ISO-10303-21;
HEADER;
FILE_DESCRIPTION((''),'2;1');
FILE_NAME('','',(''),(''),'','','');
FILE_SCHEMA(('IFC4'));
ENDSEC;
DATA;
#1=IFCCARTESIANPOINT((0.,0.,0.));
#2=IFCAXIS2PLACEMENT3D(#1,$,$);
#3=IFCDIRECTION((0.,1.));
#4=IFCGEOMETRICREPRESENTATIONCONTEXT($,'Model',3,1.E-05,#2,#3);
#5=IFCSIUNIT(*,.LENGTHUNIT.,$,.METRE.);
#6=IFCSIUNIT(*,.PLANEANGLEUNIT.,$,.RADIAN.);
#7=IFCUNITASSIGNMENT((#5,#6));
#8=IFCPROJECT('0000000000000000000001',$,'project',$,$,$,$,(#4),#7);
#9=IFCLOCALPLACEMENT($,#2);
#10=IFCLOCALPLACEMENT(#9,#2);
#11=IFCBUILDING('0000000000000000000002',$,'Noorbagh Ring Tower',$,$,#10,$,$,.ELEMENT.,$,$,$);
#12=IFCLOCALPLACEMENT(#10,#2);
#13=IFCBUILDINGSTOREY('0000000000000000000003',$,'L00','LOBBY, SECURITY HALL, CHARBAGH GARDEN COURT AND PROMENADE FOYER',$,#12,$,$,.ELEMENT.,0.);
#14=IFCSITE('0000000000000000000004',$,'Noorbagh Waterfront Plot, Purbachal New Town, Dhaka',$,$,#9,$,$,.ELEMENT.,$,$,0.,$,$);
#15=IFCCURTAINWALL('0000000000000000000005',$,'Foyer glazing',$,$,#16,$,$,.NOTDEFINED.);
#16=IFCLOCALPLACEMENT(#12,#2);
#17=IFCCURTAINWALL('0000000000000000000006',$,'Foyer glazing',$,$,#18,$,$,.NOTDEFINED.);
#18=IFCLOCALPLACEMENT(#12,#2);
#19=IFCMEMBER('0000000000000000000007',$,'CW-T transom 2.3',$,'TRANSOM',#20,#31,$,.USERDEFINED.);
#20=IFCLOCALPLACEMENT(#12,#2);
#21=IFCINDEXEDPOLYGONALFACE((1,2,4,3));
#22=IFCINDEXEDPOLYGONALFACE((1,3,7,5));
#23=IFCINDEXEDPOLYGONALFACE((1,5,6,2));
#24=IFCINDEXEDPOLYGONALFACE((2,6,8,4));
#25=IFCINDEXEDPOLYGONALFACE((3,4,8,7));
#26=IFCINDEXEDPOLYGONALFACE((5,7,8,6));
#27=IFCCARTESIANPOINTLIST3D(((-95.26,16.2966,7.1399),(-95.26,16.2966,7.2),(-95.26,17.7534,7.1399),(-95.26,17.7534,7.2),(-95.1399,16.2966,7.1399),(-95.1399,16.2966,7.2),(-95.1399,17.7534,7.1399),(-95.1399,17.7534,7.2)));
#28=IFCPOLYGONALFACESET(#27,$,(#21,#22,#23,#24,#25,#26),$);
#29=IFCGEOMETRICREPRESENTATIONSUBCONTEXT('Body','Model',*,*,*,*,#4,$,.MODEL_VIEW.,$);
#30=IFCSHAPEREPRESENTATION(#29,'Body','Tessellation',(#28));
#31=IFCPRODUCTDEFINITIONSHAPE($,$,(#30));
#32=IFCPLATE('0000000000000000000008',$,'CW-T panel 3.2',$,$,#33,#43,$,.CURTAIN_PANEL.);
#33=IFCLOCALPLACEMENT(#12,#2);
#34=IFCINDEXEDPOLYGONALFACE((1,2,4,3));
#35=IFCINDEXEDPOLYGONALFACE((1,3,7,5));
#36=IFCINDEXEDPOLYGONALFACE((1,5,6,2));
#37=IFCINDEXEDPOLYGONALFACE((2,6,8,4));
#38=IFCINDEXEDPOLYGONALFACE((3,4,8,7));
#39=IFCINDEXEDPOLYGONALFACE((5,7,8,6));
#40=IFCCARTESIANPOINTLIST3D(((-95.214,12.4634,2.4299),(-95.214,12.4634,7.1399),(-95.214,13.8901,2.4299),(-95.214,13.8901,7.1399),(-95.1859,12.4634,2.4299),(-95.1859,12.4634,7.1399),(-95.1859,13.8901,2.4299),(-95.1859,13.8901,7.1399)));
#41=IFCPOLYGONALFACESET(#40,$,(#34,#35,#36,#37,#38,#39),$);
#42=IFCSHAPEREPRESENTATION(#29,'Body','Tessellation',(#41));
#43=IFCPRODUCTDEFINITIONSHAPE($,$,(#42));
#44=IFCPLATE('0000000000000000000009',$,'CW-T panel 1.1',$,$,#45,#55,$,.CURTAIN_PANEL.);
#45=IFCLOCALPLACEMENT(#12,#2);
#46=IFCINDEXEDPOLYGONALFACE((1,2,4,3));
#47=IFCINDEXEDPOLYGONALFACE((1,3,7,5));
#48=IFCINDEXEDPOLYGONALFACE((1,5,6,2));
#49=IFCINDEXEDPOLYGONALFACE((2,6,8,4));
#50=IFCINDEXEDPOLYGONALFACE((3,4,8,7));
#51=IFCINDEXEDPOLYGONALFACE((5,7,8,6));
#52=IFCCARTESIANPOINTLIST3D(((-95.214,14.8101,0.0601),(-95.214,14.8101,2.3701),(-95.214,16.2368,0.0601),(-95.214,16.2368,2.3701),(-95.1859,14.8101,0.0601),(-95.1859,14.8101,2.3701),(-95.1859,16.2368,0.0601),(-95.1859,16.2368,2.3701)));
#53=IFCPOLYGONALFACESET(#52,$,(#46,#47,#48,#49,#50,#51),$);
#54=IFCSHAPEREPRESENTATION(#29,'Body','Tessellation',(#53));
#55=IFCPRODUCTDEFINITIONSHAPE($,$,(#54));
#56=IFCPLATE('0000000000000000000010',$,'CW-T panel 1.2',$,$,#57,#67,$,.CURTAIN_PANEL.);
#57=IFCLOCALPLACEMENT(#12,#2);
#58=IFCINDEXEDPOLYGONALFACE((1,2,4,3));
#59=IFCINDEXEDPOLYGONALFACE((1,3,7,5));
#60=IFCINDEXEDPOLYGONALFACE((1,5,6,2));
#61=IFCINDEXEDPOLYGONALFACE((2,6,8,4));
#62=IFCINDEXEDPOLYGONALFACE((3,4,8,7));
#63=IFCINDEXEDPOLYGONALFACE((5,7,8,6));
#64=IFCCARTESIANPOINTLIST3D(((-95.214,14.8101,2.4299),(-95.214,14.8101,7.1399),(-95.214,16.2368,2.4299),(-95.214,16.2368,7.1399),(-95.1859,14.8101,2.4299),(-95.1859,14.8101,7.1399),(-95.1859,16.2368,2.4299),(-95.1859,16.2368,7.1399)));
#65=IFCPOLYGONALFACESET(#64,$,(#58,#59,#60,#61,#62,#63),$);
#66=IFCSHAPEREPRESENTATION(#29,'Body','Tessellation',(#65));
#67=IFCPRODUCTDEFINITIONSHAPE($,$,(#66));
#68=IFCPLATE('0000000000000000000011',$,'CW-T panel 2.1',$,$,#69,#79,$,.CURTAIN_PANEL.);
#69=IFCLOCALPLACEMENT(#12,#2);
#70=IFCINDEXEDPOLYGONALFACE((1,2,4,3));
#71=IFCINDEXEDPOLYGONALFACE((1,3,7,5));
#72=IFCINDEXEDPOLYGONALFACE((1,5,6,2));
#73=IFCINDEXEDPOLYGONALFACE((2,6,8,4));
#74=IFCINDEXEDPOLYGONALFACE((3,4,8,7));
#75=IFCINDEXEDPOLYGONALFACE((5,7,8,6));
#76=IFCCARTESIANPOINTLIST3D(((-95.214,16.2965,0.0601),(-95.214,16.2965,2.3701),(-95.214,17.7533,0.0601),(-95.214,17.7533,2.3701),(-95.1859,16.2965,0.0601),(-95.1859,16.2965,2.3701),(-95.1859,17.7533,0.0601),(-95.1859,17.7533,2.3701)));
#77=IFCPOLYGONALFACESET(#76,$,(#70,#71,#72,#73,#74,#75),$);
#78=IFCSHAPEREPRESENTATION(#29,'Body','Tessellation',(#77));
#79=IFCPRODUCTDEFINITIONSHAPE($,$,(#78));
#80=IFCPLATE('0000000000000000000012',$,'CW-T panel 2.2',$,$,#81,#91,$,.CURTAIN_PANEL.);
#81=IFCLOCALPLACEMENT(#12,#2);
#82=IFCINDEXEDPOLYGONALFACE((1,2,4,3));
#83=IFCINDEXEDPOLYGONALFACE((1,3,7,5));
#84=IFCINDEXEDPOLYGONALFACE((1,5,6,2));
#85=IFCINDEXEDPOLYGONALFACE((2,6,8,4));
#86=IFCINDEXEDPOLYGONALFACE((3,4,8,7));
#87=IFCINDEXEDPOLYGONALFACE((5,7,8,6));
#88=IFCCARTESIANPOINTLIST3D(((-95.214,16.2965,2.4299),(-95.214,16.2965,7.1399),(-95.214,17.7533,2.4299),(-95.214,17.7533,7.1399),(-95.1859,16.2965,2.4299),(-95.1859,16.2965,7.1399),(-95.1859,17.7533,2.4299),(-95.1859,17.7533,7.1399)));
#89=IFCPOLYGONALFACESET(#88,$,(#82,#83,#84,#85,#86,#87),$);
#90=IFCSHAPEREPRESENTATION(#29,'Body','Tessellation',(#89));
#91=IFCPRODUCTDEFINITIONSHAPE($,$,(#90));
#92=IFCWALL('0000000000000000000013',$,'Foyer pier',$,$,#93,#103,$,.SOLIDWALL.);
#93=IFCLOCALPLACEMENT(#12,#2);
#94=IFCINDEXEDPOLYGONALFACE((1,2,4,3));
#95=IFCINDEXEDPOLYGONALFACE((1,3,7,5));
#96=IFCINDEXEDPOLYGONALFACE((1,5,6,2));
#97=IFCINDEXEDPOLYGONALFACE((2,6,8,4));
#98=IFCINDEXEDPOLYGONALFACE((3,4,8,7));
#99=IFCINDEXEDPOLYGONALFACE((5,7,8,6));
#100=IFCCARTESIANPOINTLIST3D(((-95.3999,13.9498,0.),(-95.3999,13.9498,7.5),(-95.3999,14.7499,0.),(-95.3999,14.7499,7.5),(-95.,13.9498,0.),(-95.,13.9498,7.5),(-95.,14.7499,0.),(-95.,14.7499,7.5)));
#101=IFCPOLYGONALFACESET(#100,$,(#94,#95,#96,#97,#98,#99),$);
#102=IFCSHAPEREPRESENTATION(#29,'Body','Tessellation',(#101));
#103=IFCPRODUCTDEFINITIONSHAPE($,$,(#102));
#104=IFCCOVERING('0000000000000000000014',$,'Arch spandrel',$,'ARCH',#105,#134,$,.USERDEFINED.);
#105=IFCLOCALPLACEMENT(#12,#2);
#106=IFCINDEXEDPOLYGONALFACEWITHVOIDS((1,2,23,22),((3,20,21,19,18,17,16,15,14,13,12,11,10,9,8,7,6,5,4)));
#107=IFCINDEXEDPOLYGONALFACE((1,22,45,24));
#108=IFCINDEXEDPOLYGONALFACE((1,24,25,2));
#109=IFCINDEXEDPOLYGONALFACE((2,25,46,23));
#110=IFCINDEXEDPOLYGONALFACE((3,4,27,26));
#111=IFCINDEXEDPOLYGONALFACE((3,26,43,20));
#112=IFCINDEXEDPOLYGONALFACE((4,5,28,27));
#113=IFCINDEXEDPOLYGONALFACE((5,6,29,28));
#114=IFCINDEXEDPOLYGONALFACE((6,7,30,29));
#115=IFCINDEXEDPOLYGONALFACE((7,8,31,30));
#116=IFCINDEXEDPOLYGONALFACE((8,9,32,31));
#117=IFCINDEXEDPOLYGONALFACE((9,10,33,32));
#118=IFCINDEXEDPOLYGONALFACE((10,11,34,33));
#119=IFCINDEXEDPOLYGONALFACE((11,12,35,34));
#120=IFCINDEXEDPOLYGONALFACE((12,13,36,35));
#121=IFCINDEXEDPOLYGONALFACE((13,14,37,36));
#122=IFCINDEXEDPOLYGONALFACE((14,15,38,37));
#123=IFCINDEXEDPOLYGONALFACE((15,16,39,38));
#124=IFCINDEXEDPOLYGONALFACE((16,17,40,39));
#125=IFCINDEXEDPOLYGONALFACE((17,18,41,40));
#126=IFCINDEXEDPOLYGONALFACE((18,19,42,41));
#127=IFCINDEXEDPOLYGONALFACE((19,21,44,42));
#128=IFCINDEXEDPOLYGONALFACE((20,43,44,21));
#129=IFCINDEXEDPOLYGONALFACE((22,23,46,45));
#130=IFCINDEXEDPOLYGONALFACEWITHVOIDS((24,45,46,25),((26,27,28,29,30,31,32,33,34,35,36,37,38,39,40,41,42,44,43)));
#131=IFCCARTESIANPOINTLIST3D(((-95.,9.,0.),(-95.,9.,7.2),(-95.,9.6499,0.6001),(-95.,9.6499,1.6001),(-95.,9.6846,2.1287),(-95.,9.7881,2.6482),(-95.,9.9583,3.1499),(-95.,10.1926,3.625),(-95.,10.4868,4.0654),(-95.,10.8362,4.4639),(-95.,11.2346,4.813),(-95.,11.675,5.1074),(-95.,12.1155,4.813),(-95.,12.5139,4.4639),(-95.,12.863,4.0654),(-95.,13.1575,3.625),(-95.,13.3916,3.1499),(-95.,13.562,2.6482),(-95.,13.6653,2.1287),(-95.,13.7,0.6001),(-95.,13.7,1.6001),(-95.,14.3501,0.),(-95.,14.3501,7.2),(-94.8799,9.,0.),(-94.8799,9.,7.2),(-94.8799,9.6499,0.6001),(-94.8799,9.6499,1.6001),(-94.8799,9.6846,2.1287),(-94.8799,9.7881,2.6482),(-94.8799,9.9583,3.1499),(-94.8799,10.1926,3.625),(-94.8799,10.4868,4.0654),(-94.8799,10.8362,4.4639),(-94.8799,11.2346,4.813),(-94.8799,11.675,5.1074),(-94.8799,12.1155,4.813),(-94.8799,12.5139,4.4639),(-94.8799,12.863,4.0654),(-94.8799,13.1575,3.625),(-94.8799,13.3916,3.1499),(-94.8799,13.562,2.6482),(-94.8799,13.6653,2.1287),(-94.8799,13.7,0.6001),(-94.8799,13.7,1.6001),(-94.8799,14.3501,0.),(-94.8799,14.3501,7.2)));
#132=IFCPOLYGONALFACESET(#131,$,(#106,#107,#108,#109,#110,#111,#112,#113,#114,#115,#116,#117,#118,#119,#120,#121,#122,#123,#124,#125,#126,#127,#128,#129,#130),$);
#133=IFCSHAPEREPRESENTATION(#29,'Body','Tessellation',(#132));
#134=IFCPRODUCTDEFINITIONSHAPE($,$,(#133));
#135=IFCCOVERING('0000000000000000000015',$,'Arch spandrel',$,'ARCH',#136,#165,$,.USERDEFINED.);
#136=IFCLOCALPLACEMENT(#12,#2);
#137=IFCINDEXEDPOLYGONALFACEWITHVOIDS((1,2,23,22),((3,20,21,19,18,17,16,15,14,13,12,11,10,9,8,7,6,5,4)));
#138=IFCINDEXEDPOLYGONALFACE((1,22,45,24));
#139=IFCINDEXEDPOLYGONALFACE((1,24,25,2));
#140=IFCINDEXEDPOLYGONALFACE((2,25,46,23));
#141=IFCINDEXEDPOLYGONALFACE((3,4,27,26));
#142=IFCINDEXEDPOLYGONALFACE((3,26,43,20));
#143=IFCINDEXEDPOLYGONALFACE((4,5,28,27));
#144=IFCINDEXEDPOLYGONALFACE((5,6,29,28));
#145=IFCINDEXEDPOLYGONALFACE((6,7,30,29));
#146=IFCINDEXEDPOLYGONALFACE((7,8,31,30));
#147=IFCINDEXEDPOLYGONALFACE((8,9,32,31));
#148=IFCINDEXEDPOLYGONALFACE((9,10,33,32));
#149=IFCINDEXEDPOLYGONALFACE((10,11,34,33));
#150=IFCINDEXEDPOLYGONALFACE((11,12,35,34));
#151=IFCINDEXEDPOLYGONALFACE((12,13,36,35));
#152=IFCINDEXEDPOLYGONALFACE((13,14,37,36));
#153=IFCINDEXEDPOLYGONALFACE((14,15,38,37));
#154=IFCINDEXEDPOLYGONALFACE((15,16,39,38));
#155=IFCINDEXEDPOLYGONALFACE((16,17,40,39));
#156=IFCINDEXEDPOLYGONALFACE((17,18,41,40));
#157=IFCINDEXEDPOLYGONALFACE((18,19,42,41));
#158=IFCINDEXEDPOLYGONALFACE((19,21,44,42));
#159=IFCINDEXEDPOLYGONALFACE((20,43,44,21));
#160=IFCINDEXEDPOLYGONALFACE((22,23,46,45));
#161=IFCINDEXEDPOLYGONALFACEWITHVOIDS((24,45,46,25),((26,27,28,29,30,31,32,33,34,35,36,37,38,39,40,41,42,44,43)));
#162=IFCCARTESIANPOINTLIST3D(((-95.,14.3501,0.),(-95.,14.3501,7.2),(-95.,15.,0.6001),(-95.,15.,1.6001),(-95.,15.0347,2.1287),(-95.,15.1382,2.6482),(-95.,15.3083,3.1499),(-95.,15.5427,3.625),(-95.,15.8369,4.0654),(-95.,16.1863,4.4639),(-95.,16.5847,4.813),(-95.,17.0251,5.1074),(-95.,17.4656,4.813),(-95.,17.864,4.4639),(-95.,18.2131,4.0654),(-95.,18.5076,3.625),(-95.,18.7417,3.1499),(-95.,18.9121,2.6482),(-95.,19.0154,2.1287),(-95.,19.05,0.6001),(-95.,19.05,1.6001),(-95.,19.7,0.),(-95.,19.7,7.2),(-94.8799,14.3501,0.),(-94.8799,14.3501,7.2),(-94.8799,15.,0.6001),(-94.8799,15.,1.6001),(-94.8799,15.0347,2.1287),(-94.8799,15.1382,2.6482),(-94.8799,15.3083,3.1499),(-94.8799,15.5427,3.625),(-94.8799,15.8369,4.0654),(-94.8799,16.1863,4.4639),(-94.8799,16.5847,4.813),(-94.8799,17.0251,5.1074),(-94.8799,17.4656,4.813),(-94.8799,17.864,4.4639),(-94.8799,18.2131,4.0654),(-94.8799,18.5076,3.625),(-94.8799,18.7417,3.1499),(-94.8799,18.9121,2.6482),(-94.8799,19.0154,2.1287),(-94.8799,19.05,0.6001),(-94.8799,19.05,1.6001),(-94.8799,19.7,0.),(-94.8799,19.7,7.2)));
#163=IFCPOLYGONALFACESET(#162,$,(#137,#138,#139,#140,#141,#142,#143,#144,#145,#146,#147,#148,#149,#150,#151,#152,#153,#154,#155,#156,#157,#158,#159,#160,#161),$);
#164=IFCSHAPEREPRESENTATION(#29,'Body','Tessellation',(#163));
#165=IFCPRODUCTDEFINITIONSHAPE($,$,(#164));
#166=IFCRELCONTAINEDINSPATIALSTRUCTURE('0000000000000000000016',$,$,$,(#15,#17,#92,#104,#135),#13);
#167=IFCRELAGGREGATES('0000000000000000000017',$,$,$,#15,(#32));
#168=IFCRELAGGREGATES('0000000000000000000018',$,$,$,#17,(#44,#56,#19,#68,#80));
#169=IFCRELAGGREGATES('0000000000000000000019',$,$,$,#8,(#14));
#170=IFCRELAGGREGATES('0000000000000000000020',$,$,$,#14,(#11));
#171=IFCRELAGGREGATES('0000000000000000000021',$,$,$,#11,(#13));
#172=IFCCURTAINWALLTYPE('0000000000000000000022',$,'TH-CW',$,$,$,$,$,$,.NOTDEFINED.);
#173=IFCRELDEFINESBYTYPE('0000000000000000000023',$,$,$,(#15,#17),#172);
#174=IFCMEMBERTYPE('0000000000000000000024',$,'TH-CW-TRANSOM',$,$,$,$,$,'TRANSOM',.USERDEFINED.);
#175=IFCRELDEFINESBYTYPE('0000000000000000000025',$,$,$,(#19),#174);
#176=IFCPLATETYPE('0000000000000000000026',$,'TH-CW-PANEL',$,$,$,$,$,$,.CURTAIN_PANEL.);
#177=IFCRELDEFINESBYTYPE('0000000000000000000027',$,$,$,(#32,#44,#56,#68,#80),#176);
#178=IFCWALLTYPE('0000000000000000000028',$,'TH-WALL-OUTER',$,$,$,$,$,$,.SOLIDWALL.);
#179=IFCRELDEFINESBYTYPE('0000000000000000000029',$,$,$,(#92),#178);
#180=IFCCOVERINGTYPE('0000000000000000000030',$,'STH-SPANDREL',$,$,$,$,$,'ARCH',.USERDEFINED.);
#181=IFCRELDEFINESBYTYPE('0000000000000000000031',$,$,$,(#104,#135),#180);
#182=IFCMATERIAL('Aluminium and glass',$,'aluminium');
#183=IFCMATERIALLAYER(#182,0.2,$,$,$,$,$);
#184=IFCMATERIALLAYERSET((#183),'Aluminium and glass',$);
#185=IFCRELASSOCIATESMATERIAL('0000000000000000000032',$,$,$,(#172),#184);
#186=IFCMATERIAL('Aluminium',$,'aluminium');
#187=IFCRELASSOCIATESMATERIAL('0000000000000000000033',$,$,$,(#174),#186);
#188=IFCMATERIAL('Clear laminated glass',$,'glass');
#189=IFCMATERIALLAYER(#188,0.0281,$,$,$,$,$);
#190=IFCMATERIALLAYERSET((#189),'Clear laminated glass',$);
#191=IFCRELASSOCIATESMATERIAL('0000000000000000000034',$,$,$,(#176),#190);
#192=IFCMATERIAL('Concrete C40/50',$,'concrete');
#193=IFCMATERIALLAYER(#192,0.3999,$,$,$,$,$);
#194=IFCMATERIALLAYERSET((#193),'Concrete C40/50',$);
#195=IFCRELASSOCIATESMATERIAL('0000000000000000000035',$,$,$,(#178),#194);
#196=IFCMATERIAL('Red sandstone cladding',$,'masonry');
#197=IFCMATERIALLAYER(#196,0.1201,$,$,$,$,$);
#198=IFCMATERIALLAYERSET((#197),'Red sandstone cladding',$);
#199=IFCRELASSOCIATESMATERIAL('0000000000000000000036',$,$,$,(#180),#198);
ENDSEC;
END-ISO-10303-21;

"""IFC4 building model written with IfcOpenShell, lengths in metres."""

from ifc_helpers import new_model, si_unit, direction, frame, frame_2d, origin, origin_2d, place, context, subcontext, project, spatial, polyline, rectangle, outline, extrude, material, layer, layer_set, material_profile, profile_set, type_object, element, aggregate, save


model = new_model("IFC4")

# Units and contexts
model_context = context("Model", 3, precision=1e-05, world=origin(), true_north=direction((0.0, 1.0)))
body_context = subcontext(model_context, "Body", "Model", "MODEL_VIEW")
ifc_project = project(units=[si_unit("LENGTHUNIT", "METRE"), si_unit("PLANEANGLEUNIT", "RADIAN")], contexts=[model_context])

# Site, building, storey
site_placement = place(None, origin())
site = spatial("IfcSite", under=ifc_project, at=site_placement, Name="Noorbagh Waterfront Plot, Purbachal New Town, Dhaka", CompositionType="ELEMENT", RefElevation=0.0)
building_placement = place(site_placement, origin())
building = spatial("IfcBuilding", under=site, at=building_placement, Name="Noorbagh Ring Tower", CompositionType="ELEMENT")
storey_placement = place(building_placement, origin())
storey = spatial("IfcBuildingStorey", under=building, at=storey_placement, Name="L00", Description="LOBBY, SECURITY HALL, CHARBAGH GARDEN COURT AND PROMENADE FOYER", CompositionType="ELEMENT", Elevation=0.0)

# Curtain wall
ifc_material_1 = material(Name="Aluminium and glass", Category="aluminium")
ifc_layer_1 = layer(ifc_material_1, 0.2)
ifc_layer_set_1 = layer_set([ifc_layer_1], Name="Aluminium and glass")
curtain_wall_type_1 = type_object("IfcCurtainWallType", Name="TH-CW", PredefinedType="NOTDEFINED", material=ifc_layer_set_1)
curtain_wall_1_placement = place(storey_placement, origin())
curtain_wall_1 = element("IfcCurtainWall", 1, at=curtain_wall_1_placement, inside=storey, type_object=curtain_wall_type_1, Name="Foyer glazing", PredefinedType="NOTDEFINED")

# Curtain wall, member
curtain_wall_2_placement = place(storey_placement, origin())
curtain_wall_2 = element("IfcCurtainWall", 2, at=curtain_wall_2_placement, inside=storey, type_object=curtain_wall_type_1, Name="Foyer glazing", PredefinedType="NOTDEFINED")
ifc_material_2 = material(Name="Aluminium", Category="aluminium")
ifc_material_profile_1 = material_profile(ifc_material_2, rectangle(XDim=0.1201, YDim=0.0601, at=origin_2d()), Name="AL 120x60")
ifc_profile_set_1 = profile_set([ifc_material_profile_1], Name="Aluminium")
member_type_1 = type_object("IfcMemberType", Name="TH-CW-TRANSOM", ElementType="TRANSOM", PredefinedType="USERDEFINED", material=ifc_profile_set_1)
member_1_placement = place(storey_placement, frame((-95.2, 16.2966, 7.1699), z_axis=(0.0, 1.0, 0.0), x_axis=(-1.0, 0.0, 0.0)))
member_1 = element("IfcMember", 3, at=member_1_placement, type_object=member_type_1, Name="CW-T transom 2.3", ObjectType="TRANSOM", PredefinedType="USERDEFINED", context=body_context, shape_type="SweptSolid", body=[
    extrude(rectangle(XDim=0.1201, YDim=0.0601, at=origin_2d()), origin(), (0.0, 0.0, 1.0), 1.4568),
])

# Plates
ifc_material_3 = material(Name="Clear laminated glass", Category="glass")
ifc_layer_2 = layer(ifc_material_3, 0.0281)
ifc_layer_set_2 = layer_set([ifc_layer_2], Name="Clear laminated glass")
plate_type = type_object("IfcPlateType", Name="TH-CW-PANEL", PredefinedType="CURTAIN_PANEL", material=ifc_layer_set_2)
plate_1_placement = place(storey_placement, frame((-95.2, 13.1768, 2.4299), z_axis=(0.0, 0.0, 1.0), x_axis=(0.0, 1.0, 0.0)))
plate_1 = element("IfcPlate", 4, at=plate_1_placement, type_object=plate_type, Name="CW-T panel 3.2", PredefinedType="CURTAIN_PANEL", context=body_context, shape_type="SweptSolid", body=[
    extrude(rectangle(XDim=1.4268, YDim=0.0281, at=origin_2d()), origin(), (0.0, 0.0, 1.0), 4.71),
])
aggregate(curtain_wall_1, [plate_1])
plate_2_placement = place(storey_placement, frame((-95.2, 15.5234, 0.0601), z_axis=(0.0, 0.0, 1.0), x_axis=(0.0, 1.0, 0.0)))
plate_2 = element("IfcPlate", 5, at=plate_2_placement, type_object=plate_type, Name="CW-T panel 1.1", PredefinedType="CURTAIN_PANEL", context=body_context, shape_type="SweptSolid", body=[
    extrude(rectangle(XDim=1.4268, YDim=0.0281, at=origin_2d()), origin(), (0.0, 0.0, 1.0), 2.3101),
])
plate_3_placement = place(storey_placement, frame((-95.2, 15.5234, 2.4299), z_axis=(0.0, 0.0, 1.0), x_axis=(0.0, 1.0, 0.0)))
plate_3 = element("IfcPlate", 6, at=plate_3_placement, type_object=plate_type, Name="CW-T panel 1.2", PredefinedType="CURTAIN_PANEL", context=body_context, shape_type="SweptSolid", body=[
    extrude(rectangle(XDim=1.4268, YDim=0.0281, at=origin_2d()), origin(), (0.0, 0.0, 1.0), 4.71),
])
plate_4_placement = place(storey_placement, frame((-95.2, 17.0249, 0.0601), z_axis=(0.0, 0.0, 1.0), x_axis=(0.0, 1.0, 0.0)))
plate_4 = element("IfcPlate", 7, at=plate_4_placement, type_object=plate_type, Name="CW-T panel 2.1", PredefinedType="CURTAIN_PANEL", context=body_context, shape_type="SweptSolid", body=[
    extrude(rectangle(XDim=1.4568, YDim=0.0281, at=origin_2d()), origin(), (0.0, 0.0, 1.0), 2.3101),
])
plate_5_placement = place(storey_placement, frame((-95.2, 17.0249, 2.4299), z_axis=(0.0, 0.0, 1.0), x_axis=(0.0, 1.0, 0.0)))
plate_5 = element("IfcPlate", 8, at=plate_5_placement, type_object=plate_type, Name="CW-T panel 2.2", PredefinedType="CURTAIN_PANEL", context=body_context, shape_type="SweptSolid", body=[
    extrude(rectangle(XDim=1.4568, YDim=0.0281, at=origin_2d()), origin(), (0.0, 0.0, 1.0), 4.71),
])
aggregate(curtain_wall_2, [plate_2, plate_3, member_1, plate_4, plate_5])

# Wall
ifc_material_4 = material(Name="Concrete C40/50", Category="concrete")
ifc_layer_3 = layer(ifc_material_4, 0.3999)
ifc_layer_set_3 = layer_set([ifc_layer_3], Name="Concrete C40/50")
wall_type = type_object("IfcWallType", Name="TH-WALL-OUTER", PredefinedType="SOLIDWALL", material=ifc_layer_set_3)
wall_placement = place(storey_placement, frame((-95.2, 13.95, 0.0), z_axis=(0.0, 0.0, 1.0), x_axis=(0.0, 1.0, 0.0)))
element("IfcWall", 9, at=wall_placement, inside=storey, type_object=wall_type, Name="Foyer pier", PredefinedType="SOLIDWALL", context=body_context, shape_type="SweptSolid", body=[
    extrude(rectangle(XDim=0.8, YDim=0.3999, at=frame_2d((0.3999, 0.0))), origin(), (0.0, 0.0, 1.0), 7.5),
])

# Coverings
ifc_material_5 = material(Name="Red sandstone cladding", Category="masonry")
ifc_layer_4 = layer(ifc_material_5, 0.1201)
ifc_layer_set_4 = layer_set([ifc_layer_4], Name="Red sandstone cladding")
covering_type_1 = type_object("IfcCoveringType", Name="STH-SPANDREL", ElementType="ARCH", PredefinedType="USERDEFINED", material=ifc_layer_set_4)
covering_1_placement = place(storey_placement, frame((-94.8799, 9.0, 0.0), z_axis=(1.0, 0.0, 0.0), x_axis=(0.0, 1.0, 0.0)))
element("IfcCovering", 10, at=covering_1_placement, inside=storey, type_object=covering_type_1, Name="Arch spandrel", ObjectType="ARCH", PredefinedType="USERDEFINED", context=body_context, shape_type="SweptSolid", body=[
    extrude(outline(polyline([(0.0, 0.0), (5.3501, 0.0), (5.3501, 7.2), (0.0, 7.2), (0.0, 0.0)]), holes=[polyline([(0.6499, 0.6001), (0.6499, 1.6001), (0.6846, 2.1287), (0.7881, 2.6482), (0.9583, 3.1499), (1.1926, 3.625), (1.4868, 4.0654), (1.8362, 4.4639), (2.2346, 4.813), (2.675, 5.1074), (3.1155, 4.813), (3.5139, 4.4639), (3.863, 4.0654), (4.1575, 3.625), (4.3916, 3.1499), (4.562, 2.6482), (4.6653, 2.1287), (4.7, 1.6001), (4.7, 0.6001), (0.6499, 0.6001)])]), origin(), (0.0, 0.0, -1.0), 0.1201),
])
covering_2_placement = place(storey_placement, frame((-94.8799, 14.3501, 0.0), z_axis=(1.0, 0.0, 0.0), x_axis=(0.0, 1.0, 0.0)))
element("IfcCovering", 11, at=covering_2_placement, inside=storey, type_object=covering_type_1, Name="Arch spandrel", ObjectType="ARCH", PredefinedType="USERDEFINED", context=body_context, shape_type="SweptSolid", body=[
    extrude(outline(polyline([(0.0, 0.0), (5.3499, 0.0), (5.3499, 7.2), (0.0, 7.2), (0.0, 0.0)]), holes=[polyline([(0.6499, 0.6001), (0.6499, 1.6001), (0.6846, 2.1287), (0.7881, 2.6482), (0.9583, 3.1499), (1.1926, 3.625), (1.4868, 4.0654), (1.8362, 4.4639), (2.2346, 4.813), (2.675, 5.1074), (3.1155, 4.813), (3.5139, 4.4639), (3.863, 4.0654), (4.1575, 3.625), (4.3916, 3.1499), (4.562, 2.6482), (4.6653, 2.1287), (4.7, 1.6001), (4.7, 0.6001), (0.6499, 0.6001)])]), origin(), (0.0, 0.0, -1.0), 0.1201),
])

save(model, "model.ifc")
